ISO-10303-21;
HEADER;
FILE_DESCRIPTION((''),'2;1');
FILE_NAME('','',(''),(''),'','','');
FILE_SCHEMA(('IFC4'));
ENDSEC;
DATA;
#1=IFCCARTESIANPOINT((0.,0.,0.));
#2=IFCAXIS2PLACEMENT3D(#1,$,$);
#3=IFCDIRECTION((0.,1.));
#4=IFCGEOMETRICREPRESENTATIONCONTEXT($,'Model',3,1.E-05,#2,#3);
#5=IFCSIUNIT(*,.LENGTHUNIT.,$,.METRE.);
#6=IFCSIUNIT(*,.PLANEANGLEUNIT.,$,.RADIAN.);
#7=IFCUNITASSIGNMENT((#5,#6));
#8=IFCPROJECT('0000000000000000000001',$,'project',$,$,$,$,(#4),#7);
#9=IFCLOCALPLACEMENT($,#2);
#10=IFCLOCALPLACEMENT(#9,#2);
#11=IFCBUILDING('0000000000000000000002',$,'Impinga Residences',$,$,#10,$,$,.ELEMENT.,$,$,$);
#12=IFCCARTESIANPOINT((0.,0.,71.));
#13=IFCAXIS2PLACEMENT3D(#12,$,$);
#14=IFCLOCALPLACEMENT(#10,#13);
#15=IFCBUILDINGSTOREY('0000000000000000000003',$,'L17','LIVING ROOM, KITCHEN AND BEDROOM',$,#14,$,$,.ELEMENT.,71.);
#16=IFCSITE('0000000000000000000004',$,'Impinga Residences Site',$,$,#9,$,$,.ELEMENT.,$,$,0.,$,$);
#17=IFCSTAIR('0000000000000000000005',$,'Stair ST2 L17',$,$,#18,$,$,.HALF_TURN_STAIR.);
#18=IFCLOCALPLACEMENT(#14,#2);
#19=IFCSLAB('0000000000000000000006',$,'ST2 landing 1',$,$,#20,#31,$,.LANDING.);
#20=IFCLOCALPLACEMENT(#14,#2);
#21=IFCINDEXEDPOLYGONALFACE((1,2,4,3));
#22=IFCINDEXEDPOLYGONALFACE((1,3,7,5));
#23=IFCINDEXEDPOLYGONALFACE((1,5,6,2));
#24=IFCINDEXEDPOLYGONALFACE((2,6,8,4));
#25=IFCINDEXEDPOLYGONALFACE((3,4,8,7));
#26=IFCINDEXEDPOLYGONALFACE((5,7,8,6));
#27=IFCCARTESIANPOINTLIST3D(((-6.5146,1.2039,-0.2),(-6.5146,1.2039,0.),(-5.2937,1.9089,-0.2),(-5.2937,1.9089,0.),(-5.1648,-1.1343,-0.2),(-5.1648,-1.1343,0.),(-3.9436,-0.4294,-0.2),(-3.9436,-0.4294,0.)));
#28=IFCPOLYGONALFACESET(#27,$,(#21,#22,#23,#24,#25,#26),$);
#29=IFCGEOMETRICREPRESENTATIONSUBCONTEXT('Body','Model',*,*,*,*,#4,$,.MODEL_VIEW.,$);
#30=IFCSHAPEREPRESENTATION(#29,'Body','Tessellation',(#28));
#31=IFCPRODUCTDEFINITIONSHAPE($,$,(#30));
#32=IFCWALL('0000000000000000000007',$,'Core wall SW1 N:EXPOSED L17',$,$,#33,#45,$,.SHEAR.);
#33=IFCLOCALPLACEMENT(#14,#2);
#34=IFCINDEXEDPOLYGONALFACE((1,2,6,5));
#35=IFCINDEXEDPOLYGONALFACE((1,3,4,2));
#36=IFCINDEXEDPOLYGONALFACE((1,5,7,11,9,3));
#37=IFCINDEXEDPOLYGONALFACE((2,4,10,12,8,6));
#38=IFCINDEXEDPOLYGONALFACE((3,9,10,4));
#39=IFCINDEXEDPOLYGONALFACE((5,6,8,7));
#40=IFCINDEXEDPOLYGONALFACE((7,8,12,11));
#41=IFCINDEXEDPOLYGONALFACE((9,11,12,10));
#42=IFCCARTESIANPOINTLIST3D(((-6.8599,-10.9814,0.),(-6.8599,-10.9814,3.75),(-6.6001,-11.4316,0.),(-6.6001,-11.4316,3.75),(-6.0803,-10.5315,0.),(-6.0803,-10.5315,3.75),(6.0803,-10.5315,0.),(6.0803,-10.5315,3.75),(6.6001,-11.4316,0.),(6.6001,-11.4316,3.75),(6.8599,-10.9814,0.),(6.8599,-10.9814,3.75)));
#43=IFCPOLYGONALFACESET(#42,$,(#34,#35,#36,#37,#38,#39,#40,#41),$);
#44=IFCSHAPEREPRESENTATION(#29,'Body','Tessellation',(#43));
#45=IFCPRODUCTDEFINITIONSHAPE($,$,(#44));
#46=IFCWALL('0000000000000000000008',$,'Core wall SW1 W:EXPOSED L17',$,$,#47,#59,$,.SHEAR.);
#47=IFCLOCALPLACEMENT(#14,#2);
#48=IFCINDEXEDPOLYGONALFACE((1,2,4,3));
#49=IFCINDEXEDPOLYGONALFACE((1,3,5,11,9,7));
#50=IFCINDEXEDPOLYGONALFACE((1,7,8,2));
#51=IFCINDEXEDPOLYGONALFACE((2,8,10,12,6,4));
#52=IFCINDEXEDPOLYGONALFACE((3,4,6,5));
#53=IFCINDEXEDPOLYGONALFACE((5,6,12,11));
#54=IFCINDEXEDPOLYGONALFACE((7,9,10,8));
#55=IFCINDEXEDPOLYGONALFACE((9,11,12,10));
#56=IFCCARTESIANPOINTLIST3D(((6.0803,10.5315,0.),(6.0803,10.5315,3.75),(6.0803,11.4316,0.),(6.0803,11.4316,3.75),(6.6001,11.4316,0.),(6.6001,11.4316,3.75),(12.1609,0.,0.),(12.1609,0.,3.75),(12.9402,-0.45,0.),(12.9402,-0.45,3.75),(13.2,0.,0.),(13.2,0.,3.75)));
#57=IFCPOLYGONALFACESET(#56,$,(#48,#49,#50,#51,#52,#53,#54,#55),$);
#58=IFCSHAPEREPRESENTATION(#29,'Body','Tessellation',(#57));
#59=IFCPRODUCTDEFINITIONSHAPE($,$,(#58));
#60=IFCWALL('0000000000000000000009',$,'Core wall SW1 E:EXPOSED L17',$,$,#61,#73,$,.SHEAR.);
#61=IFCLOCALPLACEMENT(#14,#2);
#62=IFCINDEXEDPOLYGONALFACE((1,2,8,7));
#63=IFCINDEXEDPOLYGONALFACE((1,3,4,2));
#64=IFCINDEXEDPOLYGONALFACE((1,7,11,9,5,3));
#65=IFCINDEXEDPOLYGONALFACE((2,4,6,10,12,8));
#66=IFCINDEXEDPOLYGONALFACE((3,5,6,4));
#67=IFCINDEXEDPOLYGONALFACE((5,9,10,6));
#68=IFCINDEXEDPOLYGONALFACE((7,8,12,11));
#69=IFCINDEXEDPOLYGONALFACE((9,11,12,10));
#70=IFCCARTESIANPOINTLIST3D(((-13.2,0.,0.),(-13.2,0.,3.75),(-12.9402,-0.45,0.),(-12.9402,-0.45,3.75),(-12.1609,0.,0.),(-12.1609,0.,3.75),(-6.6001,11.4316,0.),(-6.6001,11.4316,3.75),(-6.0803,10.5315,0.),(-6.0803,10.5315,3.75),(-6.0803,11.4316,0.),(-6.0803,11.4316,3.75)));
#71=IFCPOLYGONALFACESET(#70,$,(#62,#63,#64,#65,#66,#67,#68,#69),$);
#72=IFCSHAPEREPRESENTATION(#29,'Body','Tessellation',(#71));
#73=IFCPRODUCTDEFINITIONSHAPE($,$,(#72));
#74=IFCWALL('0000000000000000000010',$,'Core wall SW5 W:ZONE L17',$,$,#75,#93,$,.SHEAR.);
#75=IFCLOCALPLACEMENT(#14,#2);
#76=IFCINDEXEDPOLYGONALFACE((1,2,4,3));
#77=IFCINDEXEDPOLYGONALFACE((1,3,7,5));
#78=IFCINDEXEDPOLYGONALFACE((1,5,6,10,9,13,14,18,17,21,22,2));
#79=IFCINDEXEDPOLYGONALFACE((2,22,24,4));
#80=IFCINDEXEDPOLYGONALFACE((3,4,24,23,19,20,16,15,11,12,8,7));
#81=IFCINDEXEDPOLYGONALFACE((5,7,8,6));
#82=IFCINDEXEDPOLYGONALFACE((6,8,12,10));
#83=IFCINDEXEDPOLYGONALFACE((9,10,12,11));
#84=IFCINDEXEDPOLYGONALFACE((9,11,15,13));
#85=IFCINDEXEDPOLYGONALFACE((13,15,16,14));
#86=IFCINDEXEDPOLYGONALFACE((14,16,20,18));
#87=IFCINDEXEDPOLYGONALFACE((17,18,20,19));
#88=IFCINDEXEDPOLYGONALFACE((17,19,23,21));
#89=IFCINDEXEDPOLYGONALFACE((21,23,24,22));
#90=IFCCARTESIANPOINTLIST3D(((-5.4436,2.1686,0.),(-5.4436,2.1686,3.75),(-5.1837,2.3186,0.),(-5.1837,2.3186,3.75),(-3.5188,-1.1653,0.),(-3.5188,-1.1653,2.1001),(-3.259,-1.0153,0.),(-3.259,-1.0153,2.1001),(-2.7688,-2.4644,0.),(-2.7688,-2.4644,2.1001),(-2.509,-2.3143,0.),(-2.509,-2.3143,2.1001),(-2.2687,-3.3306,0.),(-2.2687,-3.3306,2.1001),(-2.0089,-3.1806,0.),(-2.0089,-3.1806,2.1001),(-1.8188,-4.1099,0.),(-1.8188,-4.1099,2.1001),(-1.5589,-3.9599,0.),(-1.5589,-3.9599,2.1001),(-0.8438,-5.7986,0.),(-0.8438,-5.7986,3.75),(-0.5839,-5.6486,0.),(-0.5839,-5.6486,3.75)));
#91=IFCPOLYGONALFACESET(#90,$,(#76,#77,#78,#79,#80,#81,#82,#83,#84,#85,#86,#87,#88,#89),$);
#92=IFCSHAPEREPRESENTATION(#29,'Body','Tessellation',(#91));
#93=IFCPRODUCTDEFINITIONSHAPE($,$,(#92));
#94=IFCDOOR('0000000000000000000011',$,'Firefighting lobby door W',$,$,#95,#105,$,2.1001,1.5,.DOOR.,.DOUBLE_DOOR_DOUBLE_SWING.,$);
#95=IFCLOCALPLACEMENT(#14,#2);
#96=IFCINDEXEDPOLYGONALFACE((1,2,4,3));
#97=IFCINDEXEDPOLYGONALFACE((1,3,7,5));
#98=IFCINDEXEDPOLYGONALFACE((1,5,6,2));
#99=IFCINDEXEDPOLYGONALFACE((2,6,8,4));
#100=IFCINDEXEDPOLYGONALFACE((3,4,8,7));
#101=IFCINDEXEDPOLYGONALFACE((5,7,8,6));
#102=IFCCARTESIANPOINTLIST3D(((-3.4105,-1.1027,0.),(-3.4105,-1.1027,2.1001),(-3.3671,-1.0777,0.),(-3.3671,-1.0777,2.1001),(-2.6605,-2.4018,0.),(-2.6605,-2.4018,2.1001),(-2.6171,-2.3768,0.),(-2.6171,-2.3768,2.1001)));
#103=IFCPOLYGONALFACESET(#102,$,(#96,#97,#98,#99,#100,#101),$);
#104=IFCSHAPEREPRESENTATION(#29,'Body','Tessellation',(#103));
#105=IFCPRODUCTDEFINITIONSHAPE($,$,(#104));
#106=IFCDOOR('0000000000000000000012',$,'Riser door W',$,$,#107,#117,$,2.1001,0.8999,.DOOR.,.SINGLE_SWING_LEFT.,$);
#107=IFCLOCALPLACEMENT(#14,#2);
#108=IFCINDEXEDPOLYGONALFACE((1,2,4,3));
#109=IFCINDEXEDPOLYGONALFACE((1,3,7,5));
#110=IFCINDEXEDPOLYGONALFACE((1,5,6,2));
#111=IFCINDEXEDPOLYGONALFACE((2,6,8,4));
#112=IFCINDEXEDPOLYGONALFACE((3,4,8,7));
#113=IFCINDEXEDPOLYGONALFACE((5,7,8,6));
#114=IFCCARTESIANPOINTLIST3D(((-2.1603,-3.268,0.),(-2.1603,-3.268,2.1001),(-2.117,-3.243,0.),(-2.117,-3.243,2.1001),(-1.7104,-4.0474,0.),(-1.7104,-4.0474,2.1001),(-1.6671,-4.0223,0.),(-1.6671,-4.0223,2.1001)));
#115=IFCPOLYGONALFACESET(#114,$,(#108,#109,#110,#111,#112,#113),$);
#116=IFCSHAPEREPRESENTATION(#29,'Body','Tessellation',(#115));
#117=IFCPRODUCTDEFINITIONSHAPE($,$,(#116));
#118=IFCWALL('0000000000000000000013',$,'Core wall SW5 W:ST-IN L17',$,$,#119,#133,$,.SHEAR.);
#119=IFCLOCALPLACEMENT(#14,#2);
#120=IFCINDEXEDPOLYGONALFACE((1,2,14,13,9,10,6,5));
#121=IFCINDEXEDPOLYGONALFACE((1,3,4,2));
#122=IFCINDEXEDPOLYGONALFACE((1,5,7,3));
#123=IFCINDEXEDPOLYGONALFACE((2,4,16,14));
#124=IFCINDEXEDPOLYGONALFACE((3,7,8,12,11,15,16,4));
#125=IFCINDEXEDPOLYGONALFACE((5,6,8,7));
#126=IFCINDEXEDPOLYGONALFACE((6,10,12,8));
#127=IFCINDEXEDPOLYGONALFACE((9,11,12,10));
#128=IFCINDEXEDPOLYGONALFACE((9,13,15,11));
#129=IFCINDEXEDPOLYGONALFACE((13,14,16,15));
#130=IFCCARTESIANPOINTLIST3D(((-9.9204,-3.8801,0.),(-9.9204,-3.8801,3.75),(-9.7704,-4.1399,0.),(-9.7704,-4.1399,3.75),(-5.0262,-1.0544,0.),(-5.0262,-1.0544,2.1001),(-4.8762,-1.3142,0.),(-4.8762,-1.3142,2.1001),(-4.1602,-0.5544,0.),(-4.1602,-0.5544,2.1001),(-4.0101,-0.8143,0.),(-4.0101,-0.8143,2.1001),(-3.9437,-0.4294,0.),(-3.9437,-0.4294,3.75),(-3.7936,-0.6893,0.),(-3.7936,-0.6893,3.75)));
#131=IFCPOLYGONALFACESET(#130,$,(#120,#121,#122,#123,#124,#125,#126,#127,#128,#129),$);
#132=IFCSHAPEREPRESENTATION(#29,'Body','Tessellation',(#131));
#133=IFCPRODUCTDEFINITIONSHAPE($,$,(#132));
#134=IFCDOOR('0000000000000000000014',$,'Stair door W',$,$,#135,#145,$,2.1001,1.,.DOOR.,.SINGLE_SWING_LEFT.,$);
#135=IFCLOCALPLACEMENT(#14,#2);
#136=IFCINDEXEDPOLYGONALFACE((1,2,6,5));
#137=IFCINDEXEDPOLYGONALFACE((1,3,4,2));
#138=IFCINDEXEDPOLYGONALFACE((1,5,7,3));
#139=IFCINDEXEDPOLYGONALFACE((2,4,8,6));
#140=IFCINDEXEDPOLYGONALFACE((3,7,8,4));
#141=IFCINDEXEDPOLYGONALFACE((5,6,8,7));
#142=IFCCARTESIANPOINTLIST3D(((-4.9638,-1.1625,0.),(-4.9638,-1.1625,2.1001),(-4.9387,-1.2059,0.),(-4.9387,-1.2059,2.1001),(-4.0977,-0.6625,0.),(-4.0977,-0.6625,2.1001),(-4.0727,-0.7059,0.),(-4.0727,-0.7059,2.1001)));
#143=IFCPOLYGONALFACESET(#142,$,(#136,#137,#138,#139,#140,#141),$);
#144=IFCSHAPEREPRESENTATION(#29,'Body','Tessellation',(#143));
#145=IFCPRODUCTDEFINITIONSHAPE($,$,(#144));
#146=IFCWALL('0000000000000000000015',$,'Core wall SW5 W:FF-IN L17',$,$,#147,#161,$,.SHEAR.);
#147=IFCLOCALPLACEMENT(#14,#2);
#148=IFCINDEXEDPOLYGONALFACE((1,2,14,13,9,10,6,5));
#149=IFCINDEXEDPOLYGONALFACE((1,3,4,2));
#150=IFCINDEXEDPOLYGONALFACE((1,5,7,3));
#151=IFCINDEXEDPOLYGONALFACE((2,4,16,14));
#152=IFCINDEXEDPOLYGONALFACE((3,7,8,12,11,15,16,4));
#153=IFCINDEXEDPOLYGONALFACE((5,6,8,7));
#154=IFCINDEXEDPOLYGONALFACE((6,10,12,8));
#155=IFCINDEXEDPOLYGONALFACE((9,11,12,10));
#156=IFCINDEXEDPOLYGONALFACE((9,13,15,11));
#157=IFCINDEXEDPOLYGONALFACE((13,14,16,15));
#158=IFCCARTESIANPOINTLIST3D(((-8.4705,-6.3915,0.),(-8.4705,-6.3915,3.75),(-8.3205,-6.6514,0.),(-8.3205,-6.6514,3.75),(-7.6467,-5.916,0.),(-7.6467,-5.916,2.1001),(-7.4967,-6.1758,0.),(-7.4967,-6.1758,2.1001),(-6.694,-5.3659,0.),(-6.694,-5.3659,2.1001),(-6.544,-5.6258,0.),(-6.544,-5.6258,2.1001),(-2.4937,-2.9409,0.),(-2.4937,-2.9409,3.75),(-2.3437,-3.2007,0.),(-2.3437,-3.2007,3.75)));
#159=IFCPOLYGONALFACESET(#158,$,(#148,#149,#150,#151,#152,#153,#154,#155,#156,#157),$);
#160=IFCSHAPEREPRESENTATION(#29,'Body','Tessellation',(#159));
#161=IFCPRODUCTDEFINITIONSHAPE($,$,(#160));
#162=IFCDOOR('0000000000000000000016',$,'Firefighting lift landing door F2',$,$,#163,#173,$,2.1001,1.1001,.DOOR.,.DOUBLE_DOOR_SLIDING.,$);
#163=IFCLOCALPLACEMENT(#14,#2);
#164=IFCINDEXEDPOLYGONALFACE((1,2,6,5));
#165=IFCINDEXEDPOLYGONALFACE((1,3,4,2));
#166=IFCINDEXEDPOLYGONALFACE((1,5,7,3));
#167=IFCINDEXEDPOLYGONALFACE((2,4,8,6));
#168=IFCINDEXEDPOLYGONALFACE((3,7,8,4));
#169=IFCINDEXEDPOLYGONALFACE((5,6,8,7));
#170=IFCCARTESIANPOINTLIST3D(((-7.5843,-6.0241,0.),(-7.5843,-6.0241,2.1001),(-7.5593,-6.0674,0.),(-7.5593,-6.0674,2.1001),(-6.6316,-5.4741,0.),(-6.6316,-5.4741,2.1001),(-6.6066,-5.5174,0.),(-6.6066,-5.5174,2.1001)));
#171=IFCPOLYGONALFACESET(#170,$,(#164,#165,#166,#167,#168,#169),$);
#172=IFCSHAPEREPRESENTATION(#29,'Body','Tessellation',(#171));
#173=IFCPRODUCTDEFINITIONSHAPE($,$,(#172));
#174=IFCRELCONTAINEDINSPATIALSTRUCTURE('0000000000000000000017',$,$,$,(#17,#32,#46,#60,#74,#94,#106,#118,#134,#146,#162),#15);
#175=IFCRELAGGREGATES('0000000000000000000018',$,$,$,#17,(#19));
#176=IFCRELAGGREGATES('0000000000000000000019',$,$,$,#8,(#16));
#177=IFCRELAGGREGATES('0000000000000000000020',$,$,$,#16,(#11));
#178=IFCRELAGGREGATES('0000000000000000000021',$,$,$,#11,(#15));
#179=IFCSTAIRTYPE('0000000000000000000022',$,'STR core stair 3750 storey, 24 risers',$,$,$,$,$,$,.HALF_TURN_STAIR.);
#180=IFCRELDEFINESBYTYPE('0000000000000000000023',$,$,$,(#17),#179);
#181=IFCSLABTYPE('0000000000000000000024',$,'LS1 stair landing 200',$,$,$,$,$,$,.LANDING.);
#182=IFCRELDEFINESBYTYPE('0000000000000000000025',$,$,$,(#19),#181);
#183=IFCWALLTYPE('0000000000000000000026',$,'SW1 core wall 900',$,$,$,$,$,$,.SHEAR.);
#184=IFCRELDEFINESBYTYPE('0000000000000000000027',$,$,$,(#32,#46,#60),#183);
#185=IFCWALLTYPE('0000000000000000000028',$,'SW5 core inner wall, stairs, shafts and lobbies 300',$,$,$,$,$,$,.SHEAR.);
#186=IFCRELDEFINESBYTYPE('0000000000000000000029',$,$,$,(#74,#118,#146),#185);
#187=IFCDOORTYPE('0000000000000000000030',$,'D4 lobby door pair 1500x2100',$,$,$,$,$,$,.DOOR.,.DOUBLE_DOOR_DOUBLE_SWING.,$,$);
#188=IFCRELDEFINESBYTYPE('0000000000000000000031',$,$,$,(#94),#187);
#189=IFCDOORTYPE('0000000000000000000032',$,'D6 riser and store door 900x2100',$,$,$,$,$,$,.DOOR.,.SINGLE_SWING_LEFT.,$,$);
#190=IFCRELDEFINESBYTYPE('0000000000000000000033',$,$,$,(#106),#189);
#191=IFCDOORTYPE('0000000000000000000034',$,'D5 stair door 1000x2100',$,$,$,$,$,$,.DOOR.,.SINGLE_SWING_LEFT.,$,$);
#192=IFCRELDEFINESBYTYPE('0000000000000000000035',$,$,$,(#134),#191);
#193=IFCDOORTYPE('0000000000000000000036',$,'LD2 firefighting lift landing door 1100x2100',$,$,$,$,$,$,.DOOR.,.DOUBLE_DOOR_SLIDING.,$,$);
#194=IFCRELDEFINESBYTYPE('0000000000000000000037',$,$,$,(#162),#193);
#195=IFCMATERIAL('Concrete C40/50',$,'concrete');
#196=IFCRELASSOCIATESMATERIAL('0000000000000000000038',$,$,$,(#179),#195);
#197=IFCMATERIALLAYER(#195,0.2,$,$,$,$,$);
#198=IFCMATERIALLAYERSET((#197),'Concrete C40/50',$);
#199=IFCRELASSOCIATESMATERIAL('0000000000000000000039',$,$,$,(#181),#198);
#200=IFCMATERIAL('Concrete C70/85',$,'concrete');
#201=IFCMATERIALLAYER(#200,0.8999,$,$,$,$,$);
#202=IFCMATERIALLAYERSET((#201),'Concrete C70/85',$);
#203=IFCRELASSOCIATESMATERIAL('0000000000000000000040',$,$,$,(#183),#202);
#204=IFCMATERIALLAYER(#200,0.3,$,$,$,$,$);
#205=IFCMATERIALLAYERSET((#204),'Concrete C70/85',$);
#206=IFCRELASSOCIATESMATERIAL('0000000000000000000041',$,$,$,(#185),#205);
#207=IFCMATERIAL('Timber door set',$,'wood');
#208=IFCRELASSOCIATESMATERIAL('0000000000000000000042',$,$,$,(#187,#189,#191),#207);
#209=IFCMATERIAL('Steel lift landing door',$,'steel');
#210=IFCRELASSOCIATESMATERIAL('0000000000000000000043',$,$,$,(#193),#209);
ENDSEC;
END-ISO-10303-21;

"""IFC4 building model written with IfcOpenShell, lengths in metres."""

from ifc_helpers import new_model, si_unit, direction, frame, frame_2d, origin, place, context, subcontext, project, spatial, polyline, rectangle, outline, extrude, material, layer, layer_set, type_object, element, fill, aggregate, save


model = new_model("IFC4")

# Units and contexts
model_context = context("Model", 3, precision=1e-05, world=origin(), true_north=direction((0.0, 1.0)))
body_context = subcontext(model_context, "Body", "Model", "MODEL_VIEW")
ifc_project = project(units=[si_unit("LENGTHUNIT", "METRE"), si_unit("PLANEANGLEUNIT", "RADIAN")], contexts=[model_context])

# Site, building, storey
site_placement = place(None, origin())
site = spatial("IfcSite", under=ifc_project, at=site_placement, Name="Impinga Residences Site", CompositionType="ELEMENT", RefElevation=0.0)
building_placement = place(site_placement, origin())
building = spatial("IfcBuilding", under=site, at=building_placement, Name="Impinga Residences", CompositionType="ELEMENT")
storey_placement = place(building_placement, frame((0.0, 0.0, 71.0)))
storey = spatial("IfcBuildingStorey", under=building, at=storey_placement, Name="L17", Description="LIVING ROOM, KITCHEN AND BEDROOM", CompositionType="ELEMENT", Elevation=71.0)

# Shared definitions
ifc_material_1 = material(Name="Concrete C40/50", Category="concrete")
stair_type = type_object("IfcStairType", Name="STR core stair 3750 storey, 24 risers", PredefinedType="HALF_TURN_STAIR", material=ifc_material_1)
ifc_layer_1 = layer(ifc_material_1, 0.2)
ifc_layer_set_1 = layer_set([ifc_layer_1], Name="Concrete C40/50")
slab_type_1 = type_object("IfcSlabType", Name="LS1 stair landing 200", PredefinedType="LANDING", material=ifc_layer_set_1)

# Stair, slab
stair_1_placement = place(storey_placement, origin())
stair_1 = element("IfcStair", 1, at=stair_1_placement, inside=storey, type_object=stair_type, Name="Stair ST2 L17", PredefinedType="HALF_TURN_STAIR")
slab_1_placement = place(storey_placement, frame((0.0, 0.0, -0.2)))
slab_1 = element("IfcSlab", 2, at=slab_1_placement, type_object=slab_type_1, Name="ST2 landing 1", PredefinedType="LANDING", context=body_context, shape_type="SweptSolid", body=[
    extrude(outline(polyline([(-3.9436, -0.4294), (-5.2937, 1.9089), (-6.5146, 1.2039), (-5.1648, -1.1343), (-3.9436, -0.4294)])), origin(), (0.0, 0.0, 1.0), 0.2),
])

# Walls
ifc_material_2 = material(Name="Concrete C70/85", Category="concrete")
ifc_layer_2 = layer(ifc_material_2, 0.8999)
ifc_layer_set_2 = layer_set([ifc_layer_2], Name="Concrete C70/85")
wall_type_1 = type_object("IfcWallType", Name="SW1 core wall 900", PredefinedType="SHEAR", material=ifc_layer_set_2)
wall_1_placement = place(storey_placement, origin())
element("IfcWall", 3, at=wall_1_placement, inside=storey, type_object=wall_type_1, Name="Core wall SW1 N:EXPOSED L17", PredefinedType="SHEAR", context=body_context, shape_type="SweptSolid", body=[
    extrude(outline(polyline([(-6.6001, -11.4316), (6.6001, -11.4316), (6.8599, -10.9814), (6.0803, -10.5315), (-6.0803, -10.5315), (-6.8599, -10.9814), (-6.6001, -11.4316)])), origin(), (0.0, 0.0, 1.0), 3.75),
])
wall_2_placement = place(storey_placement, origin())
element("IfcWall", 4, at=wall_2_placement, inside=storey, type_object=wall_type_1, Name="Core wall SW1 W:EXPOSED L17", PredefinedType="SHEAR", context=body_context, shape_type="SweptSolid", body=[
    extrude(outline(polyline([(13.2, 0.0), (6.6001, 11.4316), (6.0803, 11.4316), (6.0803, 10.5315), (12.1609, 0.0), (12.9402, -0.45), (13.2, 0.0)])), origin(), (0.0, 0.0, 1.0), 3.75),
])
wall_3_placement = place(storey_placement, origin())
element("IfcWall", 5, at=wall_3_placement, inside=storey, type_object=wall_type_1, Name="Core wall SW1 E:EXPOSED L17", PredefinedType="SHEAR", context=body_context, shape_type="SweptSolid", body=[
    extrude(outline(polyline([(-6.6001, 11.4316), (-13.2, 0.0), (-12.9402, -0.45), (-12.1609, 0.0), (-6.0803, 10.5315), (-6.0803, 11.4316), (-6.6001, 11.4316)])), origin(), (0.0, 0.0, 1.0), 3.75),
])

# Wall, openings, doors
ifc_layer_3 = layer(ifc_material_2, 0.3)
ifc_layer_set_3 = layer_set([ifc_layer_3], Name="Concrete C70/85")
wall_type_2 = type_object("IfcWallType", Name="SW5 core inner wall, stairs, shafts and lobbies 300", PredefinedType="SHEAR", material=ifc_layer_set_3)
wall_4_placement = place(storey_placement, frame((-0.7139, -5.7236, 0.0), z_axis=(0.0, 0.0, 1.0), x_axis=(-0.499995, 0.866028, 0.0)))
wall_4 = element("IfcWall", 6, at=wall_4_placement, inside=storey, type_object=wall_type_2, Name="Core wall SW5 W:ZONE L17", PredefinedType="SHEAR", context=body_context, shape_type="SweptSolid", body=[
    extrude(rectangle(XDim=9.1997, YDim=0.3, at=frame_2d((4.5999, 0.0))), origin(), (0.0, 0.0, 1.0), 3.75),
])
opening_1_placement = place(wall_4_placement, frame((3.8501, 0.0, 0.0)))
opening_1 = element("IfcOpeningElement", 7, at=opening_1_placement, cuts=wall_4, PredefinedType="OPENING", context=body_context, shape_type="SweptSolid", body=[
    extrude(rectangle(XDim=1.5, YDim=2.1001, at=frame_2d((0.75, 1.05))), frame((0.0, 0.1599, 0.0), z_axis=(0.0, -1.0, 0.0), x_axis=(1.0, 0.0, 0.0)), (0.0, 0.0, 1.0), 0.3201),
])
opening_2_placement = place(wall_4_placement, frame((1.95, 0.0, 0.0)))
opening_2 = element("IfcOpeningElement", 8, at=opening_2_placement, cuts=wall_4, PredefinedType="OPENING", context=body_context, shape_type="SweptSolid", body=[
    extrude(rectangle(XDim=0.8999, YDim=2.1001, at=frame_2d((0.45, 1.05))), frame((0.0, 0.1599, 0.0), z_axis=(0.0, -1.0, 0.0), x_axis=(1.0, 0.0, 0.0)), (0.0, 0.0, 1.0), 0.3201),
])
ifc_material_3 = material(Name="Timber door set", Category="wood")
door_type_1 = type_object("IfcDoorType", Name="D4 lobby door pair 1500x2100", OperationType="DOUBLE_DOOR_DOUBLE_SWING", PredefinedType="DOOR", material=ifc_material_3)
door_1_placement = place(opening_1_placement, origin())
door_1 = element("IfcDoor", 9, at=door_1_placement, inside=storey, type_object=door_type_1, Name="Firefighting lobby door W", OperationType="DOUBLE_DOOR_DOUBLE_SWING", OverallHeight=2.1001, OverallWidth=1.5, PredefinedType="DOOR", context=body_context, shape_type="SweptSolid", body=[
    extrude(rectangle(XDim=1.5, YDim=2.1001, at=frame_2d((0.75, 1.05))), frame((0.0, 0.0249, 0.0), z_axis=(0.0, -1.0, 0.0), x_axis=(1.0, 0.0, 0.0)), (0.0, 0.0, 1.0), 0.05),
])
fill(opening_1, door_1)
door_type_2 = type_object("IfcDoorType", Name="D6 riser and store door 900x2100", OperationType="SINGLE_SWING_LEFT", PredefinedType="DOOR", material=ifc_material_3)
door_2_placement = place(opening_2_placement, origin())
door_2 = element("IfcDoor", 10, at=door_2_placement, inside=storey, type_object=door_type_2, Name="Riser door W", OperationType="SINGLE_SWING_LEFT", OverallHeight=2.1001, OverallWidth=0.8999, PredefinedType="DOOR", context=body_context, shape_type="SweptSolid", body=[
    extrude(rectangle(XDim=0.8999, YDim=2.1001, at=frame_2d((0.45, 1.05))), frame((0.0, 0.0249, 0.0), z_axis=(0.0, -1.0, 0.0), x_axis=(1.0, 0.0, 0.0)), (0.0, 0.0, 1.0), 0.05),
])
fill(opening_2, door_2)

# Walls, openings, doors
wall_5_placement = place(storey_placement, frame((-3.8687, -0.5593, 0.0), z_axis=(0.0, 0.0, 1.0), x_axis=(-0.866027, -0.499997, 0.0)))
wall_5 = element("IfcWall", 11, at=wall_5_placement, inside=storey, type_object=wall_type_2, Name="Core wall SW5 W:ST-IN L17", PredefinedType="SHEAR", context=body_context, shape_type="SweptSolid", body=[
    extrude(rectangle(XDim=6.9014, YDim=0.3, at=frame_2d((3.4507, 0.0))), origin(), (0.0, 0.0, 1.0), 3.75),
])
opening_3_placement = place(wall_5_placement, frame((0.25, 0.0, 0.0)))
opening_3 = element("IfcOpeningElement", 12, at=opening_3_placement, cuts=wall_5, PredefinedType="OPENING", context=body_context, shape_type="SweptSolid", body=[
    extrude(rectangle(XDim=1.0, YDim=2.1001, at=frame_2d((0.5, 1.05))), frame((0.0, 0.1599, 0.0), z_axis=(0.0, -1.0, 0.0), x_axis=(1.0, 0.0, 0.0)), (0.0, 0.0, 1.0), 0.3201),
])
door_type_3 = type_object("IfcDoorType", Name="D5 stair door 1000x2100", OperationType="SINGLE_SWING_LEFT", PredefinedType="DOOR", material=ifc_material_3)
door_3_placement = place(opening_3_placement, origin())
door_3 = element("IfcDoor", 13, at=door_3_placement, inside=storey, type_object=door_type_3, Name="Stair door W", OperationType="SINGLE_SWING_LEFT", OverallHeight=2.1001, OverallWidth=1.0, PredefinedType="DOOR", context=body_context, shape_type="SweptSolid", body=[
    extrude(rectangle(XDim=1.0, YDim=2.1001, at=frame_2d((0.5, 1.05))), frame((0.0, 0.0249, 0.0), z_axis=(0.0, -1.0, 0.0), x_axis=(1.0, 0.0, 0.0)), (0.0, 0.0, 1.0), 0.05),
])
fill(opening_3, door_3)
wall_6_placement = place(storey_placement, frame((-2.4187, -3.0708, 0.0), z_axis=(0.0, 0.0, 1.0), x_axis=(-0.866027, -0.499997, 0.0)))
wall_6 = element("IfcWall", 14, at=wall_6_placement, inside=storey, type_object=wall_type_2, Name="Core wall SW5 W:FF-IN L17", PredefinedType="SHEAR", context=body_context, shape_type="SweptSolid", body=[
    extrude(rectangle(XDim=6.9014, YDim=0.3, at=frame_2d((3.4507, 0.0))), origin(), (0.0, 0.0, 1.0), 3.75),
])
opening_4_placement = place(wall_6_placement, frame((4.8501, 0.0, 0.0)))
opening_4 = element("IfcOpeningElement", 15, at=opening_4_placement, cuts=wall_6, PredefinedType="OPENING", context=body_context, shape_type="SweptSolid", body=[
    extrude(rectangle(XDim=1.1001, YDim=2.1001, at=frame_2d((0.55, 1.05))), frame((0.0, 0.1599, 0.0), z_axis=(0.0, -1.0, 0.0), x_axis=(1.0, 0.0, 0.0)), (0.0, 0.0, 1.0), 0.3201),
])
ifc_material_4 = material(Name="Steel lift landing door", Category="steel")
door_type_4 = type_object("IfcDoorType", Name="LD2 firefighting lift landing door 1100x2100", OperationType="DOUBLE_DOOR_SLIDING", PredefinedType="DOOR", material=ifc_material_4)
door_4_placement = place(opening_4_placement, origin())
door_4 = element("IfcDoor", 16, at=door_4_placement, inside=storey, type_object=door_type_4, Name="Firefighting lift landing door F2", OperationType="DOUBLE_DOOR_SLIDING", OverallHeight=2.1001, OverallWidth=1.1001, PredefinedType="DOOR", context=body_context, shape_type="SweptSolid", body=[
    extrude(rectangle(XDim=1.1001, YDim=2.1001, at=frame_2d((0.55, 1.05))), frame((0.0, 0.0249, 0.0), z_axis=(0.0, -1.0, 0.0), x_axis=(1.0, 0.0, 0.0)), (0.0, 0.0, 1.0), 0.05),
])
fill(opening_4, door_4)

aggregate(stair_1, [slab_1])

save(model, "model.ifc")
